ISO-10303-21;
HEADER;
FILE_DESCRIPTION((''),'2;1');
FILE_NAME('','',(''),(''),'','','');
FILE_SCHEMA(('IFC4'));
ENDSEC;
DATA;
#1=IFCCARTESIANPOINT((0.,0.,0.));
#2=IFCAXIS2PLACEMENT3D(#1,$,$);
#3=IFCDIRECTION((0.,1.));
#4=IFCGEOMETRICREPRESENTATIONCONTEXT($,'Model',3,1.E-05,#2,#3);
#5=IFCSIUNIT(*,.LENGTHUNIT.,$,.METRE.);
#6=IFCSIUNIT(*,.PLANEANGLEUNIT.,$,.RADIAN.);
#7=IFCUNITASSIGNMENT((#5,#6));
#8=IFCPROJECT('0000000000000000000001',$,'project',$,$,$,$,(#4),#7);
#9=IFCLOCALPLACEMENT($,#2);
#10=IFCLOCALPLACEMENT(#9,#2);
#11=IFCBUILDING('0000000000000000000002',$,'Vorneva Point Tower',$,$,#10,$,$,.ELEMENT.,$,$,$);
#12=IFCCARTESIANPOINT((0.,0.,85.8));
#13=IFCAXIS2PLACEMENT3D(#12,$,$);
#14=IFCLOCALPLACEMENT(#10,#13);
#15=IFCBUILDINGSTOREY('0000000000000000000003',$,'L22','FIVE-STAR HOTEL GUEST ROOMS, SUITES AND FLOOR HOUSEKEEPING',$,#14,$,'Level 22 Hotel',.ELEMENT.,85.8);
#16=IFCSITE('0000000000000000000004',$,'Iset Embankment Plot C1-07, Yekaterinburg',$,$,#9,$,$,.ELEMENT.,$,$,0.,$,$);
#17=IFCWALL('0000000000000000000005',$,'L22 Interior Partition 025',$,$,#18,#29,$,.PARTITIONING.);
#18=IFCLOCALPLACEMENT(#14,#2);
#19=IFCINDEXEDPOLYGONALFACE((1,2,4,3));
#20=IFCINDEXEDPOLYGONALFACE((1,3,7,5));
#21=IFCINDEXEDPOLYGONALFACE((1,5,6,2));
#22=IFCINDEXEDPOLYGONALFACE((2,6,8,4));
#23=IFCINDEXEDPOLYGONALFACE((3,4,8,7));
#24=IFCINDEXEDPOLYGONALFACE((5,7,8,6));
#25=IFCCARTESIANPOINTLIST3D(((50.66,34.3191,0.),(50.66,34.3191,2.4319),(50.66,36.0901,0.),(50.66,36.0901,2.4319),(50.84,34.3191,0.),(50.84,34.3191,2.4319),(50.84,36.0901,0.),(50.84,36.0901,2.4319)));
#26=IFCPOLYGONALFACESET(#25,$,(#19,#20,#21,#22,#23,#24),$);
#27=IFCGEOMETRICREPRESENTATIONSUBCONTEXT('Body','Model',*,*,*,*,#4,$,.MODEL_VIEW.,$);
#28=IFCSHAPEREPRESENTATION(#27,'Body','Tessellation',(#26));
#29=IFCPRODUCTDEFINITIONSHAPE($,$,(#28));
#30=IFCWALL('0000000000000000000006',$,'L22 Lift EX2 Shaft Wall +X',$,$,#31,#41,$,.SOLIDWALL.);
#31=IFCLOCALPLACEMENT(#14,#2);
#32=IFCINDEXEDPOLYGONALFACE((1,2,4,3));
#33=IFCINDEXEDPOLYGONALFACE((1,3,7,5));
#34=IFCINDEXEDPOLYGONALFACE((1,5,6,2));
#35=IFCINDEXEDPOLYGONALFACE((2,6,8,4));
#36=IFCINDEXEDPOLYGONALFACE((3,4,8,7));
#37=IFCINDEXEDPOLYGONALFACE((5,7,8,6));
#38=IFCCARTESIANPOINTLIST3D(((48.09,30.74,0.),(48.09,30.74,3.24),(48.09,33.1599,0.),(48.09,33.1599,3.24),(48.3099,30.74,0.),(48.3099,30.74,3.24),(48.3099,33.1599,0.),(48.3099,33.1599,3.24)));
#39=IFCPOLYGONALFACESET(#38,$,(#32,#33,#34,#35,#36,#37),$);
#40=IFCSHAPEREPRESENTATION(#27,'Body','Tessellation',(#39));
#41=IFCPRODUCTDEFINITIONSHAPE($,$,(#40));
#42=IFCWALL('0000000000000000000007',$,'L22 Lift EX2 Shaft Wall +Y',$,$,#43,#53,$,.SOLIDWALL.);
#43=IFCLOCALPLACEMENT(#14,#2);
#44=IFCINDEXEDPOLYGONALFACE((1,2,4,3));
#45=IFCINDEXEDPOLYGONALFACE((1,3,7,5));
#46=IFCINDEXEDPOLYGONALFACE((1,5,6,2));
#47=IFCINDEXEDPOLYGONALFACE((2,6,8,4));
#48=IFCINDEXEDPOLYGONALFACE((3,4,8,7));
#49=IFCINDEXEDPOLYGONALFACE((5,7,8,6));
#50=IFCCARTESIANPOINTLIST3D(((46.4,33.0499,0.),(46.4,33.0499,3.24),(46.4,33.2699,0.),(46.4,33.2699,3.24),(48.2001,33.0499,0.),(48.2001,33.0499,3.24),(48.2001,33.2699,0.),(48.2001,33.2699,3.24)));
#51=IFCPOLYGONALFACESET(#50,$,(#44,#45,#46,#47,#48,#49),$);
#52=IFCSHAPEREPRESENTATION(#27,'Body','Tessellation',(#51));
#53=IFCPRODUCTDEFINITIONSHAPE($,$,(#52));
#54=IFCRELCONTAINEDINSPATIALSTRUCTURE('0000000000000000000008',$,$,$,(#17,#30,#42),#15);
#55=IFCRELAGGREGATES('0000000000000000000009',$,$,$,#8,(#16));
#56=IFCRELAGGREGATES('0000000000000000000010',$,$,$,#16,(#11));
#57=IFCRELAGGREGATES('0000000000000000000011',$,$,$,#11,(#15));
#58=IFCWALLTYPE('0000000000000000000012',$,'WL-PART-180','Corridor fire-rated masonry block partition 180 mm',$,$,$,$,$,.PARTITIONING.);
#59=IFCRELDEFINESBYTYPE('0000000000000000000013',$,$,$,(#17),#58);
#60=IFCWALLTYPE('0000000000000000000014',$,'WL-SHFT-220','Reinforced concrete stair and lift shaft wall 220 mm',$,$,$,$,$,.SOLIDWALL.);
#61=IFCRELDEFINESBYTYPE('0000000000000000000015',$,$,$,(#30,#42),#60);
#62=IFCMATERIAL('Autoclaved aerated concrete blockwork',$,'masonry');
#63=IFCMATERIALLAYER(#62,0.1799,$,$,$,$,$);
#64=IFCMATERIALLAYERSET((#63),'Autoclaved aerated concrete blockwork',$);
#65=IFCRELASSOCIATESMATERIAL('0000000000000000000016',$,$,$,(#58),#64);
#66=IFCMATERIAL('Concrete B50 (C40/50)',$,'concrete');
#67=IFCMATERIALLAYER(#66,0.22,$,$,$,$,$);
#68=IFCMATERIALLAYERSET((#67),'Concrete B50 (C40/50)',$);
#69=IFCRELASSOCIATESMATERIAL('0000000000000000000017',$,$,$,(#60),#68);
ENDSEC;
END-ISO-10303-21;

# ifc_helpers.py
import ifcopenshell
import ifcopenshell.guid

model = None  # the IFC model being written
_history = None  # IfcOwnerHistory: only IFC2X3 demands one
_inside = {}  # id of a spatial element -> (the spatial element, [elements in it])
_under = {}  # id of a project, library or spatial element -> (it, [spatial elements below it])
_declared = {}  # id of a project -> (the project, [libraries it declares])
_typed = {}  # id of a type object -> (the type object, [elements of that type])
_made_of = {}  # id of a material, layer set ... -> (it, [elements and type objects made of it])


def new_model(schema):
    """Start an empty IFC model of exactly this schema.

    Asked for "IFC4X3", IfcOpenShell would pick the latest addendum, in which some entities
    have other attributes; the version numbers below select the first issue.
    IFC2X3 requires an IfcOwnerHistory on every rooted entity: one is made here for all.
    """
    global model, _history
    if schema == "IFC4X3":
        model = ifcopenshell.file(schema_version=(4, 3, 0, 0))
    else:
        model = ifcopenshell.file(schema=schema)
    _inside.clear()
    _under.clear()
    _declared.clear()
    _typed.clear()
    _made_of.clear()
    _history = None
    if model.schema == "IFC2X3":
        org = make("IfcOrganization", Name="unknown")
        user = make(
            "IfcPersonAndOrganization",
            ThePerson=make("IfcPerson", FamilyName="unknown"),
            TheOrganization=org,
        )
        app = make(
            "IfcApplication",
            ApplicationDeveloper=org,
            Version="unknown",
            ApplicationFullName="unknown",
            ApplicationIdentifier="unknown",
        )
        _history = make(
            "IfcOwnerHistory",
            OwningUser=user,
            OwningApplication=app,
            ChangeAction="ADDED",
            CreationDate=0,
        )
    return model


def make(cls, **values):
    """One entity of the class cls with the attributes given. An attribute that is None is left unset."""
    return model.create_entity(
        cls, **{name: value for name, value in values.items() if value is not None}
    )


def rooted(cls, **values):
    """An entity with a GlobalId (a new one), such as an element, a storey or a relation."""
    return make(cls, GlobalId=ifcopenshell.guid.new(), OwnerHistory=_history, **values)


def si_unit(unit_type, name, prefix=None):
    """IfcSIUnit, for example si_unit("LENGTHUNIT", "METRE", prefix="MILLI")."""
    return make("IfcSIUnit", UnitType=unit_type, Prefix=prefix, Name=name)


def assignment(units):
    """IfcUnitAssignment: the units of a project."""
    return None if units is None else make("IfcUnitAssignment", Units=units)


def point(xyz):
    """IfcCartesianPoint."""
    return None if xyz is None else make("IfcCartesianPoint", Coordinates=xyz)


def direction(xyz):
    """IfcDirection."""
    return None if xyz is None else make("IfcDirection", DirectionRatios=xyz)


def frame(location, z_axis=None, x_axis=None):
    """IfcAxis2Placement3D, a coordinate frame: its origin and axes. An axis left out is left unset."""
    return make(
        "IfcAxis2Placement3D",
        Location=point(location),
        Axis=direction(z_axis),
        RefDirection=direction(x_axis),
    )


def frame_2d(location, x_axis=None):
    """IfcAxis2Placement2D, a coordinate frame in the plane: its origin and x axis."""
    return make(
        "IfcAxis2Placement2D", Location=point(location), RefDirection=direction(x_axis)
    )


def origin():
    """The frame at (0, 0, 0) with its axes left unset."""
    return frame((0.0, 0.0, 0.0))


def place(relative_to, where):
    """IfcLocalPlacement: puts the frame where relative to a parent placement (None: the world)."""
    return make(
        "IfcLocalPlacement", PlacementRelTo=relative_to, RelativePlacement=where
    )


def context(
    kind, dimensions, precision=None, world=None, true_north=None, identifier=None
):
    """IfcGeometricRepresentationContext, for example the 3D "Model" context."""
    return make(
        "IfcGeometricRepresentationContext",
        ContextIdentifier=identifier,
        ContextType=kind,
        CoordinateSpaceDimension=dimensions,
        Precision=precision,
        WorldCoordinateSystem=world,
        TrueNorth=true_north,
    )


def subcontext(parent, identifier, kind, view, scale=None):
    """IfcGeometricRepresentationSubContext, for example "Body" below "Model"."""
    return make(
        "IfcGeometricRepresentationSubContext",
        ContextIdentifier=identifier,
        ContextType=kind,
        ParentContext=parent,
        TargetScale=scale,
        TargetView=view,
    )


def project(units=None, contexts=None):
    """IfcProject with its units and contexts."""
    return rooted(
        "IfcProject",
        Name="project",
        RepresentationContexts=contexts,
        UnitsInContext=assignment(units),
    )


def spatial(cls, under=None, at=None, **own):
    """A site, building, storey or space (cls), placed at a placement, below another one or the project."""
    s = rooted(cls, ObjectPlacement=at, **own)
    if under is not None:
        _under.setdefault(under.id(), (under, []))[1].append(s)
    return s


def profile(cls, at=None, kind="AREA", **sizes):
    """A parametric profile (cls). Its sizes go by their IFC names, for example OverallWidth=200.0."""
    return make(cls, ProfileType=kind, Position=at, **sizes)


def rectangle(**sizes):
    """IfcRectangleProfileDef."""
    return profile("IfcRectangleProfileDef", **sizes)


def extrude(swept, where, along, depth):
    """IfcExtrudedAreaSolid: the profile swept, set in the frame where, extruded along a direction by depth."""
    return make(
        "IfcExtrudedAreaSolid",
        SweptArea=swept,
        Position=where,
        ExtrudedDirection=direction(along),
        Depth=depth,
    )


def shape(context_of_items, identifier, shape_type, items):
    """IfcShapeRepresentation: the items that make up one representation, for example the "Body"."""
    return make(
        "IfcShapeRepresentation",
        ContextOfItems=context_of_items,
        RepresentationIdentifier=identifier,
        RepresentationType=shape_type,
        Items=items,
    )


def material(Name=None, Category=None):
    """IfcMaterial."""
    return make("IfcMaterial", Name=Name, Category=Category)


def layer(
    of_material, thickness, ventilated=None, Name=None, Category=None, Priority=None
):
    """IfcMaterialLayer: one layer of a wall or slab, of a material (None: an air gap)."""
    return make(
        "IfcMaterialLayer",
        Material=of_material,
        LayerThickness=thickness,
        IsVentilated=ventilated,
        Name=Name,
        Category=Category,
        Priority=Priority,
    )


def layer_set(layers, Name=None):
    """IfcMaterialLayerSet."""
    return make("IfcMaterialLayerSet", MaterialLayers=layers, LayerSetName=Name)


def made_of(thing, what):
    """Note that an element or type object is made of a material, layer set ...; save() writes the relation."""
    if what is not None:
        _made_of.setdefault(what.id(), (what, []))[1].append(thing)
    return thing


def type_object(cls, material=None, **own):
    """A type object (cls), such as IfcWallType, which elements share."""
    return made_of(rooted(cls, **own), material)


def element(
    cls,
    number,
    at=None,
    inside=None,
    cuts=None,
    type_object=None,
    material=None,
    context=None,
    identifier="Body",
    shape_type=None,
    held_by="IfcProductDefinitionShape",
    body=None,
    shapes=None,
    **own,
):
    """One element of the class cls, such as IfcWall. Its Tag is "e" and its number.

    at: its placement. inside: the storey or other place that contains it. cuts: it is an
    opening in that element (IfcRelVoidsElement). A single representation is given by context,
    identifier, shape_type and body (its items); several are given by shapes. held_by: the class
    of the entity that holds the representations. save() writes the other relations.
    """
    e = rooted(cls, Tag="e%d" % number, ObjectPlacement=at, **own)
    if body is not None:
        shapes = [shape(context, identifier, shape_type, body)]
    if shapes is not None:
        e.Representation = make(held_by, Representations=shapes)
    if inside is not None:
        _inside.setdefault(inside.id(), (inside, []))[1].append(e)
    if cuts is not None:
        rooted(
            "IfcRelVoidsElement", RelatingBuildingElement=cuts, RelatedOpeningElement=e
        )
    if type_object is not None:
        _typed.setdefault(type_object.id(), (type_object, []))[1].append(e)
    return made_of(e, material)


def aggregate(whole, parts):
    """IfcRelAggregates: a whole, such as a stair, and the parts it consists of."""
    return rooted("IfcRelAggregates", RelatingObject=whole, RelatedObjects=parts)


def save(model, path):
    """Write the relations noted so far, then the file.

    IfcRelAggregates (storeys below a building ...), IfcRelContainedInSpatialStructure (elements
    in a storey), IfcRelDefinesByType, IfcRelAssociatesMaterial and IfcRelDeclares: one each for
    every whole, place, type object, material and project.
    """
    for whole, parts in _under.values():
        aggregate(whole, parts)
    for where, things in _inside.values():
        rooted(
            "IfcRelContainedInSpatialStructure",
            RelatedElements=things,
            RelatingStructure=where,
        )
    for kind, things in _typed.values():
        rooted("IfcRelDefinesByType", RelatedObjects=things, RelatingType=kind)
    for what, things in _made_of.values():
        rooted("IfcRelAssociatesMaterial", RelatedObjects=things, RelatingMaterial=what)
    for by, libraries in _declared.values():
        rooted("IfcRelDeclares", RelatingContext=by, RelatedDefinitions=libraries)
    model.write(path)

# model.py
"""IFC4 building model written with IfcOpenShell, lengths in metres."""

from ifc_helpers import new_model, si_unit, direction, frame, frame_2d, origin, place, context, subcontext, project, spatial, rectangle, extrude, material, layer, layer_set, type_object, element, save


model = new_model("IFC4")

# Units and contexts
model_context = context("Model", 3, precision=1e-05, world=origin(), true_north=direction((0.0, 1.0)))
body_context = subcontext(model_context, "Body", "Model", "MODEL_VIEW")
ifc_project = project(units=[si_unit("LENGTHUNIT", "METRE"), si_unit("PLANEANGLEUNIT", "RADIAN")], contexts=[model_context])

# Site, building, storey
site_placement = place(None, origin())
site = spatial("IfcSite", under=ifc_project, at=site_placement, Name="Iset Embankment Plot C1-07, Yekaterinburg", CompositionType="ELEMENT", RefElevation=0.0)
building_placement = place(site_placement, origin())
building = spatial("IfcBuilding", under=site, at=building_placement, Name="Vorneva Point Tower", CompositionType="ELEMENT")
storey_placement = place(building_placement, frame((0.0, 0.0, 85.8)))
storey = spatial("IfcBuildingStorey", under=building, at=storey_placement, Name="L22", Description="FIVE-STAR HOTEL GUEST ROOMS, SUITES AND FLOOR HOUSEKEEPING", LongName="Level 22 Hotel", CompositionType="ELEMENT", Elevation=85.8)

# Walls
ifc_material_1 = material(Name="Autoclaved aerated concrete blockwork", Category="masonry")
ifc_layer_1 = layer(ifc_material_1, 0.1799)
ifc_layer_set_1 = layer_set([ifc_layer_1], Name="Autoclaved aerated concrete blockwork")
wall_type_1 = type_object("IfcWallType", Name="WL-PART-180", Description="Corridor fire-rated masonry block partition 180 mm", PredefinedType="PARTITIONING", material=ifc_layer_set_1)
wall_1_placement = place(storey_placement, frame((50.75, 34.3191, 0.0), z_axis=(0.0, 0.0, 1.0), x_axis=(0.0, 1.0, 0.0)))
element("IfcWall", 1, at=wall_1_placement, inside=storey, type_object=wall_type_1, Name="L22 Interior Partition 025", PredefinedType="PARTITIONING", context=body_context, shape_type="SweptSolid", body=[
    extrude(rectangle(XDim=1.771, YDim=0.1799, at=frame_2d((0.8855, 0.0))), origin(), (0.0, 0.0, 1.0), 2.4319),
])
ifc_material_2 = material(Name="Concrete B50 (C40/50)", Category="concrete")
ifc_layer_2 = layer(ifc_material_2, 0.22)
ifc_layer_set_2 = layer_set([ifc_layer_2], Name="Concrete B50 (C40/50)")
wall_type_2 = type_object("IfcWallType", Name="WL-SHFT-220", Description="Reinforced concrete stair and lift shaft wall 220 mm", PredefinedType="SOLIDWALL", material=ifc_layer_set_2)
wall_2_placement = place(storey_placement, frame((48.2, 30.74, 0.0), z_axis=(0.0, 0.0, 1.0), x_axis=(0.0, 1.0, 0.0)))
element("IfcWall", 2, at=wall_2_placement, inside=storey, type_object=wall_type_2, Name="L22 Lift EX2 Shaft Wall +X", PredefinedType="SOLIDWALL", context=body_context, shape_type="SweptSolid", body=[
    extrude(rectangle(XDim=2.4199, YDim=0.22, at=frame_2d((1.21, 0.0))), origin(), (0.0, 0.0, 1.0), 3.24),
])
wall_3_placement = place(storey_placement, frame((48.2, 33.1599, 0.0), z_axis=(0.0, 0.0, 1.0), x_axis=(-1.0, 0.0, 0.0)))
element("IfcWall", 3, at=wall_3_placement, inside=storey, type_object=wall_type_2, Name="L22 Lift EX2 Shaft Wall +Y", PredefinedType="SOLIDWALL", context=body_context, shape_type="SweptSolid", body=[
    extrude(rectangle(XDim=1.8, YDim=0.22, at=frame_2d((0.8999, 0.0))), origin(), (0.0, 0.0, 1.0), 3.24),
])

save(model, "model.ifc")
